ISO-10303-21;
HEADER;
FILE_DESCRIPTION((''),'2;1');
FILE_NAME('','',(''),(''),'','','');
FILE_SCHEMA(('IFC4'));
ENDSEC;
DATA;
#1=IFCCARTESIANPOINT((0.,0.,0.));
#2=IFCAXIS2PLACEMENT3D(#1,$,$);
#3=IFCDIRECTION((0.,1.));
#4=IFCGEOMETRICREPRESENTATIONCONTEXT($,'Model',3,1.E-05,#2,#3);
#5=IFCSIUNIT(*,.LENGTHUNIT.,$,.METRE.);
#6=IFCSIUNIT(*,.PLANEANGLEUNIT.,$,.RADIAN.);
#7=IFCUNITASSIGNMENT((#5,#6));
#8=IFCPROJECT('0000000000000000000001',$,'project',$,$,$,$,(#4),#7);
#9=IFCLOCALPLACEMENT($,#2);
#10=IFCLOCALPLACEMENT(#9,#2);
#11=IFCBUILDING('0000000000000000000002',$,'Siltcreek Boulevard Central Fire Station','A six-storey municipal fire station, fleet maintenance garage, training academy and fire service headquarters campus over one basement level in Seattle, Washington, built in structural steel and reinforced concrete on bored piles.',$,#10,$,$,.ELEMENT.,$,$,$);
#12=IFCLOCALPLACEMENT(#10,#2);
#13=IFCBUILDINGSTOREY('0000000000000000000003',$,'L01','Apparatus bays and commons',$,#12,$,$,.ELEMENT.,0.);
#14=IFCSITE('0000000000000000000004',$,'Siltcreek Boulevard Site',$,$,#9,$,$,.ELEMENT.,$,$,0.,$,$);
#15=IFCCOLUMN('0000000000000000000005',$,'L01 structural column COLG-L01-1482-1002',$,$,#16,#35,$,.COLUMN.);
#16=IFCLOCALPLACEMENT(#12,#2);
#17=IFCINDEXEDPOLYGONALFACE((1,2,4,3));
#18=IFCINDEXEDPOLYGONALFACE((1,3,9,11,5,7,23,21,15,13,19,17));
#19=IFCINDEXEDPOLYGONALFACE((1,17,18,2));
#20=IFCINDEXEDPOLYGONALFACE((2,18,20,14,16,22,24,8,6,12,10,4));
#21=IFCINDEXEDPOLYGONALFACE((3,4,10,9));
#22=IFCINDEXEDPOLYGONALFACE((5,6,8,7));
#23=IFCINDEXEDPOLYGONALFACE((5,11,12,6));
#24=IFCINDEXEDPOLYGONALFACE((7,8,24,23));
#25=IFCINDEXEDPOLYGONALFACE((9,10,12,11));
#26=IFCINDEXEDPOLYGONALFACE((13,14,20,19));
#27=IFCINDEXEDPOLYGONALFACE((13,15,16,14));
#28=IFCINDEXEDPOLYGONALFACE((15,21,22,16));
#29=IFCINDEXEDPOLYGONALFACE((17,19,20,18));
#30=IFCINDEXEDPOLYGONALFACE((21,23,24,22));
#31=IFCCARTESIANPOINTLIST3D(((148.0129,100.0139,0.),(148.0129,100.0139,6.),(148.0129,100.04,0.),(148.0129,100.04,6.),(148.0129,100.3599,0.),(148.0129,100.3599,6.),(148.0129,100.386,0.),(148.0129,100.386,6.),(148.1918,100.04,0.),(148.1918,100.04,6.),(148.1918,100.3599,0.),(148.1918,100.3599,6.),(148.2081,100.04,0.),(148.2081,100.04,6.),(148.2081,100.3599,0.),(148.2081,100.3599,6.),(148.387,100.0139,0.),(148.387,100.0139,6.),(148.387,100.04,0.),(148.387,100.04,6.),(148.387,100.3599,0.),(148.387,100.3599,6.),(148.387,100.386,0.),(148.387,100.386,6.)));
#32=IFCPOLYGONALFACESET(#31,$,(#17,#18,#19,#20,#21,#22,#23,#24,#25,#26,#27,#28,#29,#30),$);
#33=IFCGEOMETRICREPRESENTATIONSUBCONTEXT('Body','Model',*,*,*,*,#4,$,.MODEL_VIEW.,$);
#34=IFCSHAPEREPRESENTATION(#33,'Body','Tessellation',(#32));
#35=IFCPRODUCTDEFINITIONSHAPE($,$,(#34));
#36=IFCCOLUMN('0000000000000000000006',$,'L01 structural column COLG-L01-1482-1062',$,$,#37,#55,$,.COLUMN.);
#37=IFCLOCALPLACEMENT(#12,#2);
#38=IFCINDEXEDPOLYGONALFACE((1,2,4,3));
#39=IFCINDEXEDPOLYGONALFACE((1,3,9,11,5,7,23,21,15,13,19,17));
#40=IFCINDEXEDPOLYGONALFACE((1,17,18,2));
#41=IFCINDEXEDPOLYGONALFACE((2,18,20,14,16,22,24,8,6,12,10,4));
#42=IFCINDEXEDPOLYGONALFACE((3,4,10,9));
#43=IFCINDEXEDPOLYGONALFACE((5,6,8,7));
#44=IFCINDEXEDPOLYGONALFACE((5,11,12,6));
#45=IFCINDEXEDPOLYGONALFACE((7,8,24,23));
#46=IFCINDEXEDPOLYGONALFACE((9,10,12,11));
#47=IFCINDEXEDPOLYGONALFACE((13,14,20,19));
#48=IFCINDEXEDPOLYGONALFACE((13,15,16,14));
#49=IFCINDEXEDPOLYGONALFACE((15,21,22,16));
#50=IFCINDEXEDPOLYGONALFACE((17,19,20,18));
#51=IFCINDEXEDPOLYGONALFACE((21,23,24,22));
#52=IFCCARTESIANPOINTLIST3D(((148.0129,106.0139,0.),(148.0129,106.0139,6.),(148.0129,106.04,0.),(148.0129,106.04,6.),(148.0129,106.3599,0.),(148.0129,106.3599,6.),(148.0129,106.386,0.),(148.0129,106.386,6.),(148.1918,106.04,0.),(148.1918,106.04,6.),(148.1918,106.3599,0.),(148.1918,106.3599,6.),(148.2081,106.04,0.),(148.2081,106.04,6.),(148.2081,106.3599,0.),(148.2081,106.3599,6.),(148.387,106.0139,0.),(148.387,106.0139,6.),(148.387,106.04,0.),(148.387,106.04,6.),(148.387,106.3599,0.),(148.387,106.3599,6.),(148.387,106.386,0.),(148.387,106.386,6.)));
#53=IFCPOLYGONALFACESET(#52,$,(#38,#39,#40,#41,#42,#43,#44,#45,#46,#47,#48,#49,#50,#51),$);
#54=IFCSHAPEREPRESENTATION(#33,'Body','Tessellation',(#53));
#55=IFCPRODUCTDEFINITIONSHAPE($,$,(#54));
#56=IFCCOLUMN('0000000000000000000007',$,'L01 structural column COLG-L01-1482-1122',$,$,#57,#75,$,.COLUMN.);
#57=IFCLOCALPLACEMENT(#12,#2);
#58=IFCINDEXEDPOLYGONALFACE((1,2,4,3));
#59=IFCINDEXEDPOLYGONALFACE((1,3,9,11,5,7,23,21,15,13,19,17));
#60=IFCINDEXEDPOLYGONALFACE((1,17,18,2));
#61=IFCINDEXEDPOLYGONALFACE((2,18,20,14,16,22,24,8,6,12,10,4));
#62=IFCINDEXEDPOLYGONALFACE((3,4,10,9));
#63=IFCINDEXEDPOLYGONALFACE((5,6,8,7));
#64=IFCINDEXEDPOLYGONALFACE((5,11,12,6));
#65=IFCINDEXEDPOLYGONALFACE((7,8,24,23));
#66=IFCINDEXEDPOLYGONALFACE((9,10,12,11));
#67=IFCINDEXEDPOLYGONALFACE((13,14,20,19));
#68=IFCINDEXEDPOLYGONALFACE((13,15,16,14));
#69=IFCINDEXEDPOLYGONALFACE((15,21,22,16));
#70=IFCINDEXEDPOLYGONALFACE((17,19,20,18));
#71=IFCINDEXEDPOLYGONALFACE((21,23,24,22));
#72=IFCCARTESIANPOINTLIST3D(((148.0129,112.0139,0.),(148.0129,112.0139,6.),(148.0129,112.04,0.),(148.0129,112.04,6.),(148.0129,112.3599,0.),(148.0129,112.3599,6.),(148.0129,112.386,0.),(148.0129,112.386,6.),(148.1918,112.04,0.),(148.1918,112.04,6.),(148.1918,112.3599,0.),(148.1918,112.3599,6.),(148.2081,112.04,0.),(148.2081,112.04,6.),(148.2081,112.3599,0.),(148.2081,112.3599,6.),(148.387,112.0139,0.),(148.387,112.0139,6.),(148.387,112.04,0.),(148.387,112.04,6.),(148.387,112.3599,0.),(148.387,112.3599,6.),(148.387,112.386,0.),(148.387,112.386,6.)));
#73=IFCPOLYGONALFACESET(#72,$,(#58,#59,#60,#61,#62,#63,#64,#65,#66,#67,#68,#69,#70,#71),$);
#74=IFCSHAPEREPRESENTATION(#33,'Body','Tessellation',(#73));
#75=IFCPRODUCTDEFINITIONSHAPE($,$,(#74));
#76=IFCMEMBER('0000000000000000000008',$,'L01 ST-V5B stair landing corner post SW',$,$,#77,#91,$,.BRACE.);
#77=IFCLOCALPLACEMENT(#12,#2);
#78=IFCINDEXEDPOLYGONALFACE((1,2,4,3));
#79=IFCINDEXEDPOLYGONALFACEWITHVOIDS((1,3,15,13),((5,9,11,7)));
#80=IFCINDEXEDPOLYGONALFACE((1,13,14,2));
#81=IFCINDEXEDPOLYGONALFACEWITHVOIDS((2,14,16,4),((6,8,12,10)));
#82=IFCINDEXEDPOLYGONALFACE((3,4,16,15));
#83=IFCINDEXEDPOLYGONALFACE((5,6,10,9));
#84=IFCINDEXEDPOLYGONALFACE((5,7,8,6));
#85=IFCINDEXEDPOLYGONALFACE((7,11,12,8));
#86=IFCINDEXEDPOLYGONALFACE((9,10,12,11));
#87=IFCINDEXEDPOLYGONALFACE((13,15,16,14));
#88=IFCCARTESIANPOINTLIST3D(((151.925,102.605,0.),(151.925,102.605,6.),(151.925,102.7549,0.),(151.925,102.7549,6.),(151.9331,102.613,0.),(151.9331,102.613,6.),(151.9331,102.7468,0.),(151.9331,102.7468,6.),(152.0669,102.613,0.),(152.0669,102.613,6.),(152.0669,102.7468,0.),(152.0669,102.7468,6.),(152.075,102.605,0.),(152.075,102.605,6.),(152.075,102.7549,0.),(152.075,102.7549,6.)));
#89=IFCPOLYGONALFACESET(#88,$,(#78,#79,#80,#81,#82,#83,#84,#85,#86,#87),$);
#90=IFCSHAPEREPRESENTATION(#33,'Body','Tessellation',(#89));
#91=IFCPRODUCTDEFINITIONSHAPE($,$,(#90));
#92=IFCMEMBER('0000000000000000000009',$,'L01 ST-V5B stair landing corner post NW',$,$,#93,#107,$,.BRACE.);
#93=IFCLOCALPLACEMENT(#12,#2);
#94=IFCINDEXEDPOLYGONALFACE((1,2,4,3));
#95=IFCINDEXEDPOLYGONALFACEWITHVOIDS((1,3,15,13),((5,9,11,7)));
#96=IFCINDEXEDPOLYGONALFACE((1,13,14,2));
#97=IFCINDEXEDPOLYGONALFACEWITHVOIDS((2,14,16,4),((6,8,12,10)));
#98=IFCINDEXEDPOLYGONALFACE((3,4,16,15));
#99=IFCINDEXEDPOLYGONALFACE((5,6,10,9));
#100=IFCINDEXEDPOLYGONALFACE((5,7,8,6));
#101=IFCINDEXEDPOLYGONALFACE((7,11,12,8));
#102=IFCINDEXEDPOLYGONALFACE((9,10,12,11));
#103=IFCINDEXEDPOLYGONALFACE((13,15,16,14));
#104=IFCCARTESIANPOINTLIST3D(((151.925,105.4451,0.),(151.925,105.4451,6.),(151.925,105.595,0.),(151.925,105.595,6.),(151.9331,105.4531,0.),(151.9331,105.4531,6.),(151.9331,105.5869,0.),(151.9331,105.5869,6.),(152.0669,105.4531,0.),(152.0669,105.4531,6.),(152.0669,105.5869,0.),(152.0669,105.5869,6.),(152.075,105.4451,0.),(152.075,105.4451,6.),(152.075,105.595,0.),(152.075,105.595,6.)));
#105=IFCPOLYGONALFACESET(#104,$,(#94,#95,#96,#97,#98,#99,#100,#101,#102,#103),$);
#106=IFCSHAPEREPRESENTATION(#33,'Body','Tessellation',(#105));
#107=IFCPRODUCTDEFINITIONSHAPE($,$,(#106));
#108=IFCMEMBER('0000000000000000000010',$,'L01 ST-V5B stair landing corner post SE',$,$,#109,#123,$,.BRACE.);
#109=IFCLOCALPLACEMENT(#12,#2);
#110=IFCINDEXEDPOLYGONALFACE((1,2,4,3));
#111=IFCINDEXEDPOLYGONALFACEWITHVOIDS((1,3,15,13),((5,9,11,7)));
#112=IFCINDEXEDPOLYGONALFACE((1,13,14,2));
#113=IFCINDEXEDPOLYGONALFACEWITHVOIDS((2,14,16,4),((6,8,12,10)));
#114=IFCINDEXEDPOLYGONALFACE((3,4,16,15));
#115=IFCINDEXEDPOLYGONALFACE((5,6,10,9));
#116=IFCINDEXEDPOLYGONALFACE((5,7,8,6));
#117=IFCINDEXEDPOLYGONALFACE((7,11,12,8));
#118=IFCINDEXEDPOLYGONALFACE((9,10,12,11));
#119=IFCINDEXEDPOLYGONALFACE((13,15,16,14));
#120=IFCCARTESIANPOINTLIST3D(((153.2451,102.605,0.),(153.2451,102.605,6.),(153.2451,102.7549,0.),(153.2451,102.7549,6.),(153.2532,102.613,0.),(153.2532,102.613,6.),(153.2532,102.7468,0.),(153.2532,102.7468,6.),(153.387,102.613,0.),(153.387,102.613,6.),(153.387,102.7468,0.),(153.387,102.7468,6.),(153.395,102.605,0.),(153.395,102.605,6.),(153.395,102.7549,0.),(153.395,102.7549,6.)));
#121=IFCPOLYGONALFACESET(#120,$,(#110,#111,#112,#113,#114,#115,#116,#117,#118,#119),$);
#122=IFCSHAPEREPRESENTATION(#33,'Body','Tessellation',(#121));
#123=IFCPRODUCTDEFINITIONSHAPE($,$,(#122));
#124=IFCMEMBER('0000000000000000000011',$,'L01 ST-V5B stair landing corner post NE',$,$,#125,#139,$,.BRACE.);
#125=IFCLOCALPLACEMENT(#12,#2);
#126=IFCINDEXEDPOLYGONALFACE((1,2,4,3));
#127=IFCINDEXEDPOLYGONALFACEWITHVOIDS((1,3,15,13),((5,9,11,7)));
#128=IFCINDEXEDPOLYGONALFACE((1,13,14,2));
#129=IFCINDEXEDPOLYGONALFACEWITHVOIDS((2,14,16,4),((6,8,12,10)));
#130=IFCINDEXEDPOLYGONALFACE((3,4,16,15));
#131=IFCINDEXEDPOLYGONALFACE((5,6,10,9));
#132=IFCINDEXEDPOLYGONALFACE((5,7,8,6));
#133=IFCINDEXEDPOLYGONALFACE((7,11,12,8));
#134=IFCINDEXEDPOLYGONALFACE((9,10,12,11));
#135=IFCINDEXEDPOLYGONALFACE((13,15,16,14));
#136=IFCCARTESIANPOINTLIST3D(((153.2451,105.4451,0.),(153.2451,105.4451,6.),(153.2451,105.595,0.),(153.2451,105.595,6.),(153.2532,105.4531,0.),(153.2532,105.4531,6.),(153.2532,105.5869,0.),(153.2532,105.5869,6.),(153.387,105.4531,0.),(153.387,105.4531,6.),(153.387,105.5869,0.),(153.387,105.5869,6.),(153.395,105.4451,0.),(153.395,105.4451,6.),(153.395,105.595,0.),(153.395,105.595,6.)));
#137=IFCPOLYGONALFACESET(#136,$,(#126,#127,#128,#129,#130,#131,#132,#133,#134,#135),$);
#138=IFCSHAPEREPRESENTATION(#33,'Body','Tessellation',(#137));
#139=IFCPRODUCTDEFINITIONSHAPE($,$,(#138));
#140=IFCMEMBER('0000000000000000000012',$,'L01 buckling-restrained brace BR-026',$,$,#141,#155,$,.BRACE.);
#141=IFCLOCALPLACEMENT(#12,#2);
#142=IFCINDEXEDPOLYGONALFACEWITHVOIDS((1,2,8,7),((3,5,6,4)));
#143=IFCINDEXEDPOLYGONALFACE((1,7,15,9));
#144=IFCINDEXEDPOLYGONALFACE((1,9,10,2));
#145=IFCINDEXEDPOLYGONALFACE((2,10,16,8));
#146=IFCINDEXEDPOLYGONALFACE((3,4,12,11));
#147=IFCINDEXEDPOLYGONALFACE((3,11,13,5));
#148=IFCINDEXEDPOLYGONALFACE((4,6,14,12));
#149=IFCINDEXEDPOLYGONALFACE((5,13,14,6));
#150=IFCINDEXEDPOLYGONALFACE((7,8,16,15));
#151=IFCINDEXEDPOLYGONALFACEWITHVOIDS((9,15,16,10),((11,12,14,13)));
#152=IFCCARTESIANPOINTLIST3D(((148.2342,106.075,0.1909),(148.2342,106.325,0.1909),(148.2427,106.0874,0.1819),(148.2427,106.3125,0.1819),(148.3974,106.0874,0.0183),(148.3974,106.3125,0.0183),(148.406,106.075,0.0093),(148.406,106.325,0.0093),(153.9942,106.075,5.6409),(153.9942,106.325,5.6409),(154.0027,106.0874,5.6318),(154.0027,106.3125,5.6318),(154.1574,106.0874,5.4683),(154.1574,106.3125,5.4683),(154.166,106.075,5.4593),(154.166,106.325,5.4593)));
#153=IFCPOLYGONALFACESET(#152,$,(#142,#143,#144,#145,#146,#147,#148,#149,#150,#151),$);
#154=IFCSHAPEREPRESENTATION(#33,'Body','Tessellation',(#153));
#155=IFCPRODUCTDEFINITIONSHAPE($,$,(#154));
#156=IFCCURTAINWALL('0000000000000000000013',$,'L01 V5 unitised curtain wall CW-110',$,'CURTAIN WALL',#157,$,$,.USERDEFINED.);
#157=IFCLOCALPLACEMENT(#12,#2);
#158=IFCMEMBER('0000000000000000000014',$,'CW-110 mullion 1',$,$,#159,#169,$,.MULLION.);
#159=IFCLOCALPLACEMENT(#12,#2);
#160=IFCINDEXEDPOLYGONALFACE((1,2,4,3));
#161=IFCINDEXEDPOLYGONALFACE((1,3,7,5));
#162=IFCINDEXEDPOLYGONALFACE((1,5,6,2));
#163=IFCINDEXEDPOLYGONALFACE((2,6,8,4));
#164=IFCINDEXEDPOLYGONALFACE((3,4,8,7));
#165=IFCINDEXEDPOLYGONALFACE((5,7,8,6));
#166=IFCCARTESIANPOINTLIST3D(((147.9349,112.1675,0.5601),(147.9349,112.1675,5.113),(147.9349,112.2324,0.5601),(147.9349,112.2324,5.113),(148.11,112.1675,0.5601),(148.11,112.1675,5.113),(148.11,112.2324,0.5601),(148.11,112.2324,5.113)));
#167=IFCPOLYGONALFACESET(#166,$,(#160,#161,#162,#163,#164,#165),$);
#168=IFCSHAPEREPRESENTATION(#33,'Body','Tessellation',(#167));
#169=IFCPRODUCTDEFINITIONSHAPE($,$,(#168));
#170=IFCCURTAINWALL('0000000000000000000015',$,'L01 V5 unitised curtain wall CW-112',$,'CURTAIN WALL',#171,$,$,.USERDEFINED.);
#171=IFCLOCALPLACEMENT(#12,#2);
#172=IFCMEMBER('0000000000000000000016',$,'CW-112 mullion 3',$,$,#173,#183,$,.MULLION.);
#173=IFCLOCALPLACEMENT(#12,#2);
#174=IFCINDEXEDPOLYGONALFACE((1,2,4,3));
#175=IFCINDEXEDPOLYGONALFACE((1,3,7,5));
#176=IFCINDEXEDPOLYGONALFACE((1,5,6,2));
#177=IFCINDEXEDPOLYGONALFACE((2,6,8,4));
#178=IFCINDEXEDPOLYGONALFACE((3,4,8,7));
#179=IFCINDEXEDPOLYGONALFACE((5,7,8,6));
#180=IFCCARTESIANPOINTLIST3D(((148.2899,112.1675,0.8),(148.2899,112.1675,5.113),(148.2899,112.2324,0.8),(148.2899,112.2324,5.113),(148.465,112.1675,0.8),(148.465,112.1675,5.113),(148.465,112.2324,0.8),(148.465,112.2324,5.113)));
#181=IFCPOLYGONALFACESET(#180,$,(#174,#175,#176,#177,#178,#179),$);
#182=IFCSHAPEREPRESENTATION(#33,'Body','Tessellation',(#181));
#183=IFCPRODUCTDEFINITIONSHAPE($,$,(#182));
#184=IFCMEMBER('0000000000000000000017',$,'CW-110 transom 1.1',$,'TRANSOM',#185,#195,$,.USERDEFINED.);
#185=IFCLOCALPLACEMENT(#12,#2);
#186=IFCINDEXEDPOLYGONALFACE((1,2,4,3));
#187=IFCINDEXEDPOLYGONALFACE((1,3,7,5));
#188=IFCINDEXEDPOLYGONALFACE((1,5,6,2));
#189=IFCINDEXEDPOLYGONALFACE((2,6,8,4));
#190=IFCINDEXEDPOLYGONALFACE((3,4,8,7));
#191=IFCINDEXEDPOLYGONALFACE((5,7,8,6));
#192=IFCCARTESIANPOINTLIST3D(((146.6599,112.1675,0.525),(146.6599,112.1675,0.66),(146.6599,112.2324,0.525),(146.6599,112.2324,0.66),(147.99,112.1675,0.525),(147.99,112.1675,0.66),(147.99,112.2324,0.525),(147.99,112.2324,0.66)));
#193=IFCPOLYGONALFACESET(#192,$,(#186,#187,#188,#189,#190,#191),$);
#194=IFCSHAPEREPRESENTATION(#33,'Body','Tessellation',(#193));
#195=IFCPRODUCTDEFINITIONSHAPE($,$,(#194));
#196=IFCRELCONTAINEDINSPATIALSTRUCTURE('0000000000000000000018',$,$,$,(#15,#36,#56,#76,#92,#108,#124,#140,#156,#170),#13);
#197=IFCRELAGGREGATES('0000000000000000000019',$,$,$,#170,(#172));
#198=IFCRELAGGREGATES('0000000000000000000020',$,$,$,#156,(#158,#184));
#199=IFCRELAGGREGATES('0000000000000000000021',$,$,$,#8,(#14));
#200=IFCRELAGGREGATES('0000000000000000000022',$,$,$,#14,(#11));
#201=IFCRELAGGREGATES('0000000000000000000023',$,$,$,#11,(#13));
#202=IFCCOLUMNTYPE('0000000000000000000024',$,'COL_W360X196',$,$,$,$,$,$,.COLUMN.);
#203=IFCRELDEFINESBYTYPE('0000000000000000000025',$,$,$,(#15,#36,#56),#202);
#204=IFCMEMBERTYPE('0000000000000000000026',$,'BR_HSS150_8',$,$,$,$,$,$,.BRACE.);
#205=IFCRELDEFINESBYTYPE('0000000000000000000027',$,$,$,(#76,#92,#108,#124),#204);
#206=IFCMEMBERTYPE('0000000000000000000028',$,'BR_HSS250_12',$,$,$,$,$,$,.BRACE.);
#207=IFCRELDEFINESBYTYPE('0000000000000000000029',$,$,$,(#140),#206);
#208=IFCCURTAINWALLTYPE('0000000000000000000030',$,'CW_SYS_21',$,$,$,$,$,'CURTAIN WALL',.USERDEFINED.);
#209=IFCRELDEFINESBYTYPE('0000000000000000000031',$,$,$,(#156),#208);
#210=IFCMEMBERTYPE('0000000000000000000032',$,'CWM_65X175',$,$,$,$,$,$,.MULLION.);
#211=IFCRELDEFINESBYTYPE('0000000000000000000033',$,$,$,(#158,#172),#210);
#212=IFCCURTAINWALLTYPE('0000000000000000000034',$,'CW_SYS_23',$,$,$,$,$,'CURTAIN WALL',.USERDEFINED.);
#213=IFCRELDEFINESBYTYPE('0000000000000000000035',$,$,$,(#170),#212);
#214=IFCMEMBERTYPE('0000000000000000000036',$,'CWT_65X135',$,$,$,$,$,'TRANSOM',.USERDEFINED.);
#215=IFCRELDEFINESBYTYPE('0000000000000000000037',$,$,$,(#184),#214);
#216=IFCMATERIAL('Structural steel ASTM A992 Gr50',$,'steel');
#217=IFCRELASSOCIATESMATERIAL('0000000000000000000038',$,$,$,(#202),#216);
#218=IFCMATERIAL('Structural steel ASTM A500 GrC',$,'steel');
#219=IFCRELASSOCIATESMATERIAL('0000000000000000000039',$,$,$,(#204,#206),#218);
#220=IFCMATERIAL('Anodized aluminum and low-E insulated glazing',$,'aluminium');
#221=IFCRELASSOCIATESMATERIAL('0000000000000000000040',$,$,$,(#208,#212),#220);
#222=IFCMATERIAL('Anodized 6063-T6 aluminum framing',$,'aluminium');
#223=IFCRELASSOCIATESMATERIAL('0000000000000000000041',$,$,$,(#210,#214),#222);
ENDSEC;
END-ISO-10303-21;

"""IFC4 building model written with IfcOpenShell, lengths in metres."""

from ifc_helpers import new_model, si_unit, direction, frame, origin, origin_2d, place, context, subcontext, project, spatial, rectangle, hollow_rectangle, i_section, extrude, material, material_profile, profile_set, type_object, element, aggregate, save


model = new_model("IFC4")

# Units and contexts
model_context = context("Model", 3, precision=1e-05, world=origin(), true_north=direction((0.0, 1.0)))
body_context = subcontext(model_context, "Body", "Model", "MODEL_VIEW")
ifc_project = project(units=[si_unit("LENGTHUNIT", "METRE"), si_unit("PLANEANGLEUNIT", "RADIAN")], contexts=[model_context])

# Site, building, storey
site_placement = place(None, origin())
site = spatial("IfcSite", under=ifc_project, at=site_placement, Name="Siltcreek Boulevard Site", CompositionType="ELEMENT", RefElevation=0.0)
building_placement = place(site_placement, origin())
building = spatial("IfcBuilding", under=site, at=building_placement, Name="Siltcreek Boulevard Central Fire Station", Description="A six-storey municipal fire station, fleet maintenance garage, training academy and fire service headquarters campus over one basement level in Seattle, Washington, built in structural steel and reinforced concrete on bored piles.", CompositionType="ELEMENT")
storey_placement = place(building_placement, origin())
storey = spatial("IfcBuildingStorey", under=building, at=storey_placement, Name="L01", Description="Apparatus bays and commons", CompositionType="ELEMENT", Elevation=0.0)

# Columns
ifc_material_1 = material(Name="Structural steel ASTM A992 Gr50", Category="steel")
ifc_material_profile_1 = material_profile(ifc_material_1, i_section(OverallWidth=0.374, OverallDepth=0.3721, WebThickness=0.0164, FlangeThickness=0.0261, at=origin_2d()), Name="W360X196")
ifc_profile_set_1 = profile_set([ifc_material_profile_1], Name="Structural steel ASTM A992 Gr50")
column_type = type_object("IfcColumnType", Name="COL_W360X196", PredefinedType="COLUMN", material=ifc_profile_set_1)
for number, where, z_axis, x_axis, name in (
    (1, (148.2, 100.2, 0.0), (0.0, 0.0, 1.0), (1.0, 0.0, 0.0), "L01 structural column COLG-L01-1482-1002"),
    (2, (148.2, 106.2, 0.0), (0.0, 0.0, 1.0), (1.0, 0.0, 0.0), "L01 structural column COLG-L01-1482-1062"),
    (3, (148.2, 112.2, 0.0), (0.0, 0.0, 1.0), (1.0, 0.0, 0.0), "L01 structural column COLG-L01-1482-1122"),
):
    element("IfcColumn", number, at=place(storey_placement, frame(where, z_axis=z_axis, x_axis=x_axis)), inside=storey, type_object=column_type, Name=name, PredefinedType="COLUMN", context=body_context, shape_type="SweptSolid", body=[
        extrude(i_section(OverallWidth=0.374, OverallDepth=0.3721, WebThickness=0.0164, FlangeThickness=0.0261, at=origin_2d()), origin(), (0.0, 0.0, 1.0), 6.0),
    ])

# Members
ifc_material_2 = material(Name="Structural steel ASTM A500 GrC", Category="steel")
ifc_material_profile_2 = material_profile(ifc_material_2, hollow_rectangle(XDim=0.1499, YDim=0.1499, WallThickness=0.0081, at=origin_2d()), Name="HSS150X150X8.0")
ifc_profile_set_2 = profile_set([ifc_material_profile_2], Name="Structural steel ASTM A500 GrC")
member_type_1 = type_object("IfcMemberType", Name="BR_HSS150_8", PredefinedType="BRACE", material=ifc_profile_set_2)
for number, where, z_axis, x_axis, name in (
    (4, (152.0, 102.6799, 0.0), (0.0, 0.0, 1.0), (1.0, 0.0, 0.0), "L01 ST-V5B stair landing corner post SW"),
    (5, (152.0, 105.52, 0.0), (0.0, 0.0, 1.0), (1.0, 0.0, 0.0), "L01 ST-V5B stair landing corner post NW"),
    (6, (153.3201, 102.6799, 0.0), (0.0, 0.0, 1.0), (1.0, 0.0, 0.0), "L01 ST-V5B stair landing corner post SE"),
    (7, (153.3201, 105.52, 0.0), (0.0, 0.0, 1.0), (1.0, 0.0, 0.0), "L01 ST-V5B stair landing corner post NE"),
):
    element("IfcMember", number, at=place(storey_placement, frame(where, z_axis=z_axis, x_axis=x_axis)), inside=storey, type_object=member_type_1, Name=name, PredefinedType="BRACE", context=body_context, shape_type="SweptSolid", body=[
        extrude(hollow_rectangle(XDim=0.1499, YDim=0.1499, WallThickness=0.0081, at=origin_2d()), origin(), (0.0, 0.0, 1.0), 6.0),
    ])
ifc_material_profile_3 = material_profile(ifc_material_2, hollow_rectangle(XDim=0.25, YDim=0.25, WallThickness=0.0125, at=origin_2d()), Name="HSS250X250X12.5")
ifc_profile_set_3 = profile_set([ifc_material_profile_3], Name="Structural steel ASTM A500 GrC")
member_type_2 = type_object("IfcMemberType", Name="BR_HSS250_12", PredefinedType="BRACE", material=ifc_profile_set_3)
member_1_placement = place(storey_placement, frame((148.3201, 106.2, 0.1001), z_axis=(0.726387, 0.0, 0.687286), x_axis=(0.0, 1.0, 0.0)))
element("IfcMember", 8, at=member_1_placement, inside=storey, type_object=member_type_2, Name="L01 buckling-restrained brace BR-026", PredefinedType="BRACE", context=body_context, shape_type="SweptSolid", body=[
    extrude(hollow_rectangle(XDim=0.25, YDim=0.25, WallThickness=0.0125, at=origin_2d()), origin(), (0.0, 0.0, 1.0), 7.9297),
])

# Curtain walls, members
ifc_material_3 = material(Name="Anodized aluminum and low-E insulated glazing", Category="aluminium")
curtain_wall_type_1 = type_object("IfcCurtainWallType", Name="CW_SYS_21", ElementType="CURTAIN WALL", PredefinedType="USERDEFINED", material=ifc_material_3)
curtain_wall_1_placement = place(storey_placement, origin())
curtain_wall_1 = element("IfcCurtainWall", 9, at=curtain_wall_1_placement, inside=storey, type_object=curtain_wall_type_1, Name="L01 V5 unitised curtain wall CW-110", ObjectType="CURTAIN WALL", PredefinedType="USERDEFINED")
ifc_material_4 = material(Name="Anodized 6063-T6 aluminum framing", Category="aluminium")
ifc_material_profile_4 = material_profile(ifc_material_4, rectangle(XDim=0.0649, YDim=0.175, at=origin_2d()), Name="MULL65X175")
ifc_profile_set_4 = profile_set([ifc_material_profile_4], Name="Anodized 6063-T6 aluminum framing")
member_type_3 = type_object("IfcMemberType", Name="CWM_65X175", PredefinedType="MULLION", material=ifc_profile_set_4)
member_2_placement = place(storey_placement, frame((148.0225, 112.2, 0.5601), z_axis=(0.0, 0.0, 1.0), x_axis=(0.0, -1.0, 0.0)))
member_2 = element("IfcMember", 10, at=member_2_placement, type_object=member_type_3, Name="CW-110 mullion 1", PredefinedType="MULLION", context=body_context, shape_type="SweptSolid", body=[
    extrude(rectangle(XDim=0.0649, YDim=0.175, at=origin_2d()), origin(), (0.0, 0.0, 1.0), 4.553),
])
curtain_wall_type_2 = type_object("IfcCurtainWallType", Name="CW_SYS_23", ElementType="CURTAIN WALL", PredefinedType="USERDEFINED", material=ifc_material_3)
curtain_wall_2_placement = place(storey_placement, origin())
curtain_wall_2 = element("IfcCurtainWall", 11, at=curtain_wall_2_placement, inside=storey, type_object=curtain_wall_type_2, Name="L01 V5 unitised curtain wall CW-112", ObjectType="CURTAIN WALL", PredefinedType="USERDEFINED")
member_3_placement = place(storey_placement, frame((148.3774, 112.2, 0.8), z_axis=(0.0, 0.0, 1.0), x_axis=(0.0, -1.0, 0.0)))
member_3 = element("IfcMember", 12, at=member_3_placement, type_object=member_type_3, Name="CW-112 mullion 3", PredefinedType="MULLION", context=body_context, shape_type="SweptSolid", body=[
    extrude(rectangle(XDim=0.0649, YDim=0.175, at=origin_2d()), origin(), (0.0, 0.0, 1.0), 4.313),
])

# Member
ifc_material_profile_5 = material_profile(ifc_material_4, rectangle(XDim=0.0649, YDim=0.135, at=origin_2d()), Name="TRAN65X135")
ifc_profile_set_5 = profile_set([ifc_material_profile_5], Name="Anodized 6063-T6 aluminum framing")
member_type_4 = type_object("IfcMemberType", Name="CWT_65X135", ElementType="TRANSOM", PredefinedType="USERDEFINED", material=ifc_profile_set_5)
member_4_placement = place(storey_placement, frame((147.99, 112.2, 0.5925), z_axis=(-1.0, 0.0, 0.0), x_axis=(0.0, -1.0, 0.0)))
member_4 = element("IfcMember", 13, at=member_4_placement, type_object=member_type_4, Name="CW-110 transom 1.1", ObjectType="TRANSOM", PredefinedType="USERDEFINED", context=body_context, shape_type="SweptSolid", body=[
    extrude(rectangle(XDim=0.0649, YDim=0.135, at=origin_2d()), origin(), (0.0, 0.0, 1.0), 1.3301),
])

aggregate(curtain_wall_2, [member_3])
aggregate(curtain_wall_1, [member_2, member_4])

save(model, "model.ifc")
